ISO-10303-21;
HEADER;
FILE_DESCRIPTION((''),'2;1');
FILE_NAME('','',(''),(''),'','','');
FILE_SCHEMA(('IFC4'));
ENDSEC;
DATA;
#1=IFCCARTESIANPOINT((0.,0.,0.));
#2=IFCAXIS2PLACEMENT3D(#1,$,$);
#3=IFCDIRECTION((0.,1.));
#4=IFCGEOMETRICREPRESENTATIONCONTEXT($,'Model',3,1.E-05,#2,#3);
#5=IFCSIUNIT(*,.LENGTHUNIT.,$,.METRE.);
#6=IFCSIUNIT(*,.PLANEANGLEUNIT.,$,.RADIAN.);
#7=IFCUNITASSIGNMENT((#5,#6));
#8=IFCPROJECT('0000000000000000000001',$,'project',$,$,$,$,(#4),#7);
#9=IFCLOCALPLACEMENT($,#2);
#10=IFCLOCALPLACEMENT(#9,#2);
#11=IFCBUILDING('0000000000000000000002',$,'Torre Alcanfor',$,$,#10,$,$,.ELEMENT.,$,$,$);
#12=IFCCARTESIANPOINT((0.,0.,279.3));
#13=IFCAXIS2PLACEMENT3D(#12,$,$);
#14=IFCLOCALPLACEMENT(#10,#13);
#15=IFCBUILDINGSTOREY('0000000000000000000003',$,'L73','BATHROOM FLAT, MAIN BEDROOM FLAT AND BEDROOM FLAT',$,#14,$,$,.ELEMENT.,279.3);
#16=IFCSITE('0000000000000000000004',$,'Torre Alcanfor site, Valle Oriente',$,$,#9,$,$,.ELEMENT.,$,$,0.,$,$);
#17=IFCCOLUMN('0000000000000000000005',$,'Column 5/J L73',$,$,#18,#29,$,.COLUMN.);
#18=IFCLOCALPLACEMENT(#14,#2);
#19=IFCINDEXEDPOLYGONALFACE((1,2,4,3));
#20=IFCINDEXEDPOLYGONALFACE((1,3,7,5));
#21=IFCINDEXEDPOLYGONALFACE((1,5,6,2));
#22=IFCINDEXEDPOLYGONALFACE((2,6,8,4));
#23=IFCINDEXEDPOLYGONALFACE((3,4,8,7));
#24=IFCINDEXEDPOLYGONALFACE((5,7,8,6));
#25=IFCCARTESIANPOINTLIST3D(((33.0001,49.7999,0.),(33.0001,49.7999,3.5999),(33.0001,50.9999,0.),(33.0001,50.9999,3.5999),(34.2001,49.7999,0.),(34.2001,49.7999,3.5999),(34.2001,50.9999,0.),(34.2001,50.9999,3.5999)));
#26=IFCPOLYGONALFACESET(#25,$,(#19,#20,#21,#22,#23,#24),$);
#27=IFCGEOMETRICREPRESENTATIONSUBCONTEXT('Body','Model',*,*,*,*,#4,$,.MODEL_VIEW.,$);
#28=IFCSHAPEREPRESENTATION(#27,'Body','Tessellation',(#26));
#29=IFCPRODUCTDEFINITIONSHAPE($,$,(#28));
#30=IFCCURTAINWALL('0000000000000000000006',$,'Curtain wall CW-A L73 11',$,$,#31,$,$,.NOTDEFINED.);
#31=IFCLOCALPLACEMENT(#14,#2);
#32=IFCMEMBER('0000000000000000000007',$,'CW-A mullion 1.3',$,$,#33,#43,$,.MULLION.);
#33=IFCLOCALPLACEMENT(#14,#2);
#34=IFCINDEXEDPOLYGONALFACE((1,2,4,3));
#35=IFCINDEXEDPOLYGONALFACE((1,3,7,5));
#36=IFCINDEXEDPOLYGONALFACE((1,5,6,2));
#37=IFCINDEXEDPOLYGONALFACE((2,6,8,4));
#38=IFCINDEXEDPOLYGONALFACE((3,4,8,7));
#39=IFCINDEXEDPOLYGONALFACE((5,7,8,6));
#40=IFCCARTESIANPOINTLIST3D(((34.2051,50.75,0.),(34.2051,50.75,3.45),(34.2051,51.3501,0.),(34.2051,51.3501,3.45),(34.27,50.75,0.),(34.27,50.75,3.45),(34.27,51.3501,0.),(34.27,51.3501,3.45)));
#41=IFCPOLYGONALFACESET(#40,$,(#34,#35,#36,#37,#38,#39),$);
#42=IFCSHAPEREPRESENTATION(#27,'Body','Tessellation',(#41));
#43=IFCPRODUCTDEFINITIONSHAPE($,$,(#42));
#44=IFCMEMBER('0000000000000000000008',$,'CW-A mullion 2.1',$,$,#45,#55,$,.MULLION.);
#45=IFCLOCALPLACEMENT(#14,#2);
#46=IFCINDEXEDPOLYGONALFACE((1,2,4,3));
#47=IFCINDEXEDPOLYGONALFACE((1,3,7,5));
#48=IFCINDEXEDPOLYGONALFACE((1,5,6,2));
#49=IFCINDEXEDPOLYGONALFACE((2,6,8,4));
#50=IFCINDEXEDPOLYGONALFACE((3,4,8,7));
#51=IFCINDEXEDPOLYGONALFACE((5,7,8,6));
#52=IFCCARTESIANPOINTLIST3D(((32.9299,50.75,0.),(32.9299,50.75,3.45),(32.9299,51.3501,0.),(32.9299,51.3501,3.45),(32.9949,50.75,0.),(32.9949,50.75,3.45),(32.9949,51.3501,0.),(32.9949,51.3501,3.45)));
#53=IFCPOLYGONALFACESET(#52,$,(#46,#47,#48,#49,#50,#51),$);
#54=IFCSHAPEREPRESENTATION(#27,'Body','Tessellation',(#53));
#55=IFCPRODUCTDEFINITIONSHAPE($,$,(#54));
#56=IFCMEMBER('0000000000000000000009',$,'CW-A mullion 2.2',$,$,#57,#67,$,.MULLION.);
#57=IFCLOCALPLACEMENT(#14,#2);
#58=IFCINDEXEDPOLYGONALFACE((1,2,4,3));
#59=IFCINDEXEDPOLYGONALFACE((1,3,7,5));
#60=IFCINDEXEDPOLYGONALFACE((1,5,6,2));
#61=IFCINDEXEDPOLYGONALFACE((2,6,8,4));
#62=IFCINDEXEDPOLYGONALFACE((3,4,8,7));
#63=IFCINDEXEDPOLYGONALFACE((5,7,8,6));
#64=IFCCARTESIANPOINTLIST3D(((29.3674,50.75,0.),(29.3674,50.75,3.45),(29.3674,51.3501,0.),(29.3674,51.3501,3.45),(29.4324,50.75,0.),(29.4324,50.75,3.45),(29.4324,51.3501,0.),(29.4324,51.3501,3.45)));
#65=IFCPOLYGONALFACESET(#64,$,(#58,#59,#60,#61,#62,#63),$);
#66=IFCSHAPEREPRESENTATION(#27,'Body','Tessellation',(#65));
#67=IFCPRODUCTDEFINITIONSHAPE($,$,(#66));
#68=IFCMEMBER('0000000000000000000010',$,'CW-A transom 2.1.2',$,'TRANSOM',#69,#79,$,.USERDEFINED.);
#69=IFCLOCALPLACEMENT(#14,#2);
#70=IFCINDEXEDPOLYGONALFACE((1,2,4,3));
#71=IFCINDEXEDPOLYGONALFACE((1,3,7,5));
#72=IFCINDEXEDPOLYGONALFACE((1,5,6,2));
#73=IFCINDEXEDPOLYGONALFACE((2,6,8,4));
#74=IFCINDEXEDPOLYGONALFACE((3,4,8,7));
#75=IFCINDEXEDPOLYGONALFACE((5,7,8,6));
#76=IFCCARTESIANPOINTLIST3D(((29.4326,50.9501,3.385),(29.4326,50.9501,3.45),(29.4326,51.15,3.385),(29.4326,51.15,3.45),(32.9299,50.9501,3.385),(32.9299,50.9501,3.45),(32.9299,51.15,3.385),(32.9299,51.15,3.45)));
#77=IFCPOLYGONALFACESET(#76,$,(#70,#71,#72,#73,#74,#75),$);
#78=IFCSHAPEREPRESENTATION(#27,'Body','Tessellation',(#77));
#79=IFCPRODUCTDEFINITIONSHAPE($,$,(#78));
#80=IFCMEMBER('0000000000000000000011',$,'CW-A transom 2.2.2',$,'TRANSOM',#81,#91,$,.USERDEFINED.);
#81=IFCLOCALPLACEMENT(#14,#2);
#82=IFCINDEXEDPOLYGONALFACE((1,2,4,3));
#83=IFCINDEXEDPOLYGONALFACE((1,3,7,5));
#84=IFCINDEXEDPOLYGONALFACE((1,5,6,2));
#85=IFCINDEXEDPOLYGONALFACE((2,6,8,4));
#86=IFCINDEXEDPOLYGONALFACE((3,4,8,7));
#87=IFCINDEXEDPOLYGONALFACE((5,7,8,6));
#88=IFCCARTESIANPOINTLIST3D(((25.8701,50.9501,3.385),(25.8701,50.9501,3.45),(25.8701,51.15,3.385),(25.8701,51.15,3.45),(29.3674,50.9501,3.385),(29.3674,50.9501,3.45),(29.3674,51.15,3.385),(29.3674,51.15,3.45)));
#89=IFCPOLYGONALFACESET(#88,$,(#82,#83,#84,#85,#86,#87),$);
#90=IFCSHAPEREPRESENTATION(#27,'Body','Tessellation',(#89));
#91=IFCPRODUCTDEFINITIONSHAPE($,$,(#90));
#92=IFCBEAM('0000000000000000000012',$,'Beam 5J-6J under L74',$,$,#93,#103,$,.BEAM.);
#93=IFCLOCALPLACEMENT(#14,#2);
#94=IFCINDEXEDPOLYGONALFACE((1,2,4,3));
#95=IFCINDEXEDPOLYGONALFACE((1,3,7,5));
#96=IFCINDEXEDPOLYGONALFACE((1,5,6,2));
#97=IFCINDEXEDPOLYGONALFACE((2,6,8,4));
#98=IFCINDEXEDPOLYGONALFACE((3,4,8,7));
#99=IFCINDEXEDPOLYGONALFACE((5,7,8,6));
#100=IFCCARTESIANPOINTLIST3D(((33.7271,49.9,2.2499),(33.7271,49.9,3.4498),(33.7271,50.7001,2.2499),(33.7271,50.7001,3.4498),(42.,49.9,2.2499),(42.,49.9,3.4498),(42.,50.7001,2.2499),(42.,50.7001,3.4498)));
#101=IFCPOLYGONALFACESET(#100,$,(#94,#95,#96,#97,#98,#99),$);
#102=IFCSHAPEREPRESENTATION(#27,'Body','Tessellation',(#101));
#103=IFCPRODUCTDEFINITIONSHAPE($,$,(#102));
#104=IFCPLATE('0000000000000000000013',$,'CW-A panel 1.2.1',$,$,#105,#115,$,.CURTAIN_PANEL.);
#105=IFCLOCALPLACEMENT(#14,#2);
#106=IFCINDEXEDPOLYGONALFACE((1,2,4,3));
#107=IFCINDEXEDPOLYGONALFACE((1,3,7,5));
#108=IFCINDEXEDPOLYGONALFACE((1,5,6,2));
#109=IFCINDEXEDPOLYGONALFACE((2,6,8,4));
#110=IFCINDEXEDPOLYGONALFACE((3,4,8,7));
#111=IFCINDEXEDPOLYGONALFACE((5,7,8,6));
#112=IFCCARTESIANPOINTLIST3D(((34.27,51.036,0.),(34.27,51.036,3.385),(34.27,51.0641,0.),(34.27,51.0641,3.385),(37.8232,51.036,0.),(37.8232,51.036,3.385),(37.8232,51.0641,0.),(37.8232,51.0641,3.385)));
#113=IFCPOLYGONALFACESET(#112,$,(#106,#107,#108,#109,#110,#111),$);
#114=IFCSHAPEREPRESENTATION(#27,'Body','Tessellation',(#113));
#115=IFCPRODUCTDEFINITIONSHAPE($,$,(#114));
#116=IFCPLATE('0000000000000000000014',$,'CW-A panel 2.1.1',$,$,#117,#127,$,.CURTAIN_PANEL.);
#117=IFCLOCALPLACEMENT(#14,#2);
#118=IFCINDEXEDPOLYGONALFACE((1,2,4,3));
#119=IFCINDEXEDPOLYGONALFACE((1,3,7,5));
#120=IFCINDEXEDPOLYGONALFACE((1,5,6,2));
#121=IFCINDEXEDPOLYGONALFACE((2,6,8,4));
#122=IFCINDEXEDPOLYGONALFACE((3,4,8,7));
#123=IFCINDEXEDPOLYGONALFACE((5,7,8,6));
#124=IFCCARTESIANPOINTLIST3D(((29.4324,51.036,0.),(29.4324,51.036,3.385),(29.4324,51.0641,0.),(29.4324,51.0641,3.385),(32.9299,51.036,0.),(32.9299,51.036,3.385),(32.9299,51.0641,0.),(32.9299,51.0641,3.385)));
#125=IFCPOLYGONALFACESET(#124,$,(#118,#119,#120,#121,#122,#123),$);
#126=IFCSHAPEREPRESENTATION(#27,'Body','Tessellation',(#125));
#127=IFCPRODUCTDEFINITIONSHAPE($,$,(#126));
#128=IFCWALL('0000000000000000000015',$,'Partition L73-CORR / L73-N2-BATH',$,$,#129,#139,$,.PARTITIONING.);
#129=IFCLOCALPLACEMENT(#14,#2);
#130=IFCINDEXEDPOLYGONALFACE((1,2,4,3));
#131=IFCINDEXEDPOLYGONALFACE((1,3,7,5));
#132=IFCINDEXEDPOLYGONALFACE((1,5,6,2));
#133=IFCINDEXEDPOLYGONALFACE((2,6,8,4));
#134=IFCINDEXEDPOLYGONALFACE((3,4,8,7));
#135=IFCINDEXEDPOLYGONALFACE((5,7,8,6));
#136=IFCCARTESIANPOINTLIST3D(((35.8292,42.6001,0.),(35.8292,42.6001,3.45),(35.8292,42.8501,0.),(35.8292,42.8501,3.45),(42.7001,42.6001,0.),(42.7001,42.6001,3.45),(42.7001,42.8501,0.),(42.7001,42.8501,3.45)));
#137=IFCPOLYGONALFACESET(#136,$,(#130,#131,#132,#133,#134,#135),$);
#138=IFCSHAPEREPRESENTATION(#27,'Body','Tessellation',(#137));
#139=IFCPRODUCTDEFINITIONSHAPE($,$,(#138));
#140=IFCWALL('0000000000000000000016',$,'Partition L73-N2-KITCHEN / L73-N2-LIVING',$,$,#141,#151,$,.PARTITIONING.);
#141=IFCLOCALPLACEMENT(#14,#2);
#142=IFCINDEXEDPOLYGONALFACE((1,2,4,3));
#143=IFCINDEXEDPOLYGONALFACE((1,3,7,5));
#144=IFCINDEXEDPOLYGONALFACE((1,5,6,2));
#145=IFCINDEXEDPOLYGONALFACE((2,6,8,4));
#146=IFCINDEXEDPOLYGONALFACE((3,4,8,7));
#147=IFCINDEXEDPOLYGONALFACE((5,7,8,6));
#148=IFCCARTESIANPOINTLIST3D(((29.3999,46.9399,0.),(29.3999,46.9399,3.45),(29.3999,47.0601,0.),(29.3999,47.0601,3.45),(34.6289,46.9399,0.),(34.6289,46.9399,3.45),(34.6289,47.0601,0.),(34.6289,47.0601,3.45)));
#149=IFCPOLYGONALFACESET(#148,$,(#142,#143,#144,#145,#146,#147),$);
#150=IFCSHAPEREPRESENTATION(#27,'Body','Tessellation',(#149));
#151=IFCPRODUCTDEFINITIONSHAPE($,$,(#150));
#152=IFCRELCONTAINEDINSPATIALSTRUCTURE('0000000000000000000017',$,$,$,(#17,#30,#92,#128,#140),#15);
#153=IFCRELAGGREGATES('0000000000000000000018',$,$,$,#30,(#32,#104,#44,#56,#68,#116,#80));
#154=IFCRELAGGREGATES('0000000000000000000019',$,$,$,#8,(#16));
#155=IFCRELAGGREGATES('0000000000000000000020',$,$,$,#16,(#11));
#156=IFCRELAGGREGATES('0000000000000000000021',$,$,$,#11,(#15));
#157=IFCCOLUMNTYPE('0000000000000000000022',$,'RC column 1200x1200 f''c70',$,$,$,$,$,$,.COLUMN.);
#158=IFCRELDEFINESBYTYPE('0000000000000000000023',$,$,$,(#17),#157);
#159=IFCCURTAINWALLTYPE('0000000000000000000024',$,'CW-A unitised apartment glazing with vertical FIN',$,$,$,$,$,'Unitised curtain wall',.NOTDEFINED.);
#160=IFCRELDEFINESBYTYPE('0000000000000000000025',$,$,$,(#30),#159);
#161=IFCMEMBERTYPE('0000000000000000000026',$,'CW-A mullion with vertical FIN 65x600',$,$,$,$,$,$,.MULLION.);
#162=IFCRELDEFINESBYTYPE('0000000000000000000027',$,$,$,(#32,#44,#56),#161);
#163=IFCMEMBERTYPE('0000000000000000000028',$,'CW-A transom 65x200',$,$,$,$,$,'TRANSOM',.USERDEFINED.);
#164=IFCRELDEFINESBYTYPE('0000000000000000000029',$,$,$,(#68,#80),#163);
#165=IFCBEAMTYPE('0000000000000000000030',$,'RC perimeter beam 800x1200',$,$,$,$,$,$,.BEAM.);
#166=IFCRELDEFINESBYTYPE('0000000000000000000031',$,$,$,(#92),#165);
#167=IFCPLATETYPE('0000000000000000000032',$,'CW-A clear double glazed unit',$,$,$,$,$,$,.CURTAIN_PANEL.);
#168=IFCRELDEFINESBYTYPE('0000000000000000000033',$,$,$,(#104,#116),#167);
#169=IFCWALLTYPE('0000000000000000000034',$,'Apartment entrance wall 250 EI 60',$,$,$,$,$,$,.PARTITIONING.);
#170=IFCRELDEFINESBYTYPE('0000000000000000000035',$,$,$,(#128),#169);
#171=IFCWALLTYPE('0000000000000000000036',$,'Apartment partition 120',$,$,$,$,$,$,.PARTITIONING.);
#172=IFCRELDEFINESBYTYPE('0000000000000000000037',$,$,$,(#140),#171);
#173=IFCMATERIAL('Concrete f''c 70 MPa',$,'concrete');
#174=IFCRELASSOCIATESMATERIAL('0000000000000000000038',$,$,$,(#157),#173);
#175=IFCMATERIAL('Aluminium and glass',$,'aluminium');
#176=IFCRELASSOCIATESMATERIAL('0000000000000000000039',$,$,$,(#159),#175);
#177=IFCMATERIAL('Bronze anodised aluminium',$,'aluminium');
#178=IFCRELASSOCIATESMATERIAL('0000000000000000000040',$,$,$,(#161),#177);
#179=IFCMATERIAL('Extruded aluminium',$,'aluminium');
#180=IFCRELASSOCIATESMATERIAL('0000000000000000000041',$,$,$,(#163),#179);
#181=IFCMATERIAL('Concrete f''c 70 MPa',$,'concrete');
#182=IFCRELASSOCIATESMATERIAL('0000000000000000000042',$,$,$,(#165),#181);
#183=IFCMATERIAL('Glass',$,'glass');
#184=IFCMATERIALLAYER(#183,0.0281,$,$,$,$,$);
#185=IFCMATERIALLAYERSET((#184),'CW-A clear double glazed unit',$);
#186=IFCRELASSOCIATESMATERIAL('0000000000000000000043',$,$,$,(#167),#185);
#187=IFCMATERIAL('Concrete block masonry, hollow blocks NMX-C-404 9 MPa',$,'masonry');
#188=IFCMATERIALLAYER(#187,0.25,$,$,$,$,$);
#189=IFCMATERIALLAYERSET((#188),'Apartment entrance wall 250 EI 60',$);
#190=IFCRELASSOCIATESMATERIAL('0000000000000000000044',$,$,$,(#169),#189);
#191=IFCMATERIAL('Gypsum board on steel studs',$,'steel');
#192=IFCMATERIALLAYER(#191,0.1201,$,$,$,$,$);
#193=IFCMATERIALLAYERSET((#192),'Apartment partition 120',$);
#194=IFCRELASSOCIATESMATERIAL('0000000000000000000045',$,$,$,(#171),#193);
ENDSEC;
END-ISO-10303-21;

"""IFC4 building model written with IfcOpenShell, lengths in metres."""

from ifc_helpers import new_model, si_unit, direction, frame, frame_2d, origin, origin_2d, place, context, subcontext, project, spatial, rectangle, extrude, material, layer, layer_set, material_profile, profile_set, type_object, element, aggregate, save


model = new_model("IFC4")

# Units and contexts
model_context = context("Model", 3, precision=1e-05, world=origin(), true_north=direction((0.0, 1.0)))
body_context = subcontext(model_context, "Body", "Model", "MODEL_VIEW")
ifc_project = project(units=[si_unit("LENGTHUNIT", "METRE"), si_unit("PLANEANGLEUNIT", "RADIAN")], contexts=[model_context])

# Site, building, storey
site_placement = place(None, origin())
site = spatial("IfcSite", under=ifc_project, at=site_placement, Name="Torre Alcanfor site, Valle Oriente", CompositionType="ELEMENT", RefElevation=0.0)
building_placement = place(site_placement, origin())
building = spatial("IfcBuilding", under=site, at=building_placement, Name="Torre Alcanfor", CompositionType="ELEMENT")
storey_placement = place(building_placement, frame((0.0, 0.0, 279.3)))
storey = spatial("IfcBuildingStorey", under=building, at=storey_placement, Name="L73", Description="BATHROOM FLAT, MAIN BEDROOM FLAT AND BEDROOM FLAT", CompositionType="ELEMENT", Elevation=279.3)

# Column
ifc_material_1 = material(Name="Concrete f'c 70 MPa", Category="concrete")
ifc_material_profile_1 = material_profile(ifc_material_1, rectangle(XDim=1.2, YDim=1.2, at=origin_2d()), Name="1200x1200")
ifc_profile_set_1 = profile_set([ifc_material_profile_1], Name="Concrete f'c 70 MPa")
column_type = type_object("IfcColumnType", Name="RC column 1200x1200 f'c70", PredefinedType="COLUMN", material=ifc_profile_set_1)
column_placement = place(storey_placement, frame((33.6001, 50.3999, 0.0), z_axis=(0.0, 0.0, 1.0), x_axis=(1.0, 0.0, 0.0)))
element("IfcColumn", 1, at=column_placement, inside=storey, type_object=column_type, Name="Column 5/J L73", PredefinedType="COLUMN", context=body_context, shape_type="SweptSolid", body=[
    extrude(rectangle(XDim=1.2, YDim=1.2, at=origin_2d()), origin(), (0.0, 0.0, 1.0), 3.5999),
])

# Curtain wall, members
ifc_material_2 = material(Name="Aluminium and glass", Category="aluminium")
curtain_wall_type = type_object("IfcCurtainWallType", Name="CW-A unitised apartment glazing with vertical FIN", ElementType="Unitised curtain wall", PredefinedType="NOTDEFINED", material=ifc_material_2)
curtain_wall_placement = place(storey_placement, origin())
curtain_wall = element("IfcCurtainWall", 2, at=curtain_wall_placement, inside=storey, type_object=curtain_wall_type, Name="Curtain wall CW-A L73 11", PredefinedType="NOTDEFINED")
ifc_material_3 = material(Name="Bronze anodised aluminium", Category="aluminium")
ifc_material_profile_2 = material_profile(ifc_material_3, rectangle(XDim=0.6001, YDim=0.0649, at=origin_2d()), Name="CW-A mullion 65x600")
ifc_profile_set_2 = profile_set([ifc_material_profile_2], Name="Bronze anodised aluminium")
member_type_1 = type_object("IfcMemberType", Name="CW-A mullion with vertical FIN 65x600", PredefinedType="MULLION", material=ifc_profile_set_2)
member_1_placement = place(storey_placement, frame((34.2375, 51.05, 0.0), z_axis=(0.0, 0.0, 1.0), x_axis=(0.0, -1.0, 0.0)))
member_1 = element("IfcMember", 3, at=member_1_placement, type_object=member_type_1, Name="CW-A mullion 1.3", PredefinedType="MULLION", context=body_context, shape_type="SweptSolid", body=[
    extrude(rectangle(XDim=0.6001, YDim=0.0649, at=origin_2d()), origin(), (0.0, 0.0, 1.0), 3.45),
])
member_2_placement = place(storey_placement, frame((32.9624, 51.05, 0.0), z_axis=(0.0, 0.0, 1.0), x_axis=(0.0, -1.0, 0.0)))
member_2 = element("IfcMember", 4, at=member_2_placement, type_object=member_type_1, Name="CW-A mullion 2.1", PredefinedType="MULLION", context=body_context, shape_type="SweptSolid", body=[
    extrude(rectangle(XDim=0.6001, YDim=0.0649, at=origin_2d()), origin(), (0.0, 0.0, 1.0), 3.45),
])
member_3_placement = place(storey_placement, frame((29.3999, 51.05, 0.0), z_axis=(0.0, 0.0, 1.0), x_axis=(0.0, -1.0, 0.0)))
member_3 = element("IfcMember", 5, at=member_3_placement, type_object=member_type_1, Name="CW-A mullion 2.2", PredefinedType="MULLION", context=body_context, shape_type="SweptSolid", body=[
    extrude(rectangle(XDim=0.6001, YDim=0.0649, at=origin_2d()), origin(), (0.0, 0.0, 1.0), 3.45),
])
ifc_material_4 = material(Name="Extruded aluminium", Category="aluminium")
ifc_material_profile_3 = material_profile(ifc_material_4, rectangle(XDim=0.2, YDim=0.0649, at=origin_2d()), Name="CW-A transom 200x65")
ifc_profile_set_3 = profile_set([ifc_material_profile_3], Name="Extruded aluminium")
member_type_2 = type_object("IfcMemberType", Name="CW-A transom 65x200", ElementType="TRANSOM", PredefinedType="USERDEFINED", material=ifc_profile_set_3)
member_4_placement = place(storey_placement, frame((32.9299, 51.05, 3.4175), z_axis=(-1.0, 0.0, 0.0), x_axis=(0.0, -1.0, 0.0)))
member_4 = element("IfcMember", 6, at=member_4_placement, type_object=member_type_2, Name="CW-A transom 2.1.2", ObjectType="TRANSOM", PredefinedType="USERDEFINED", context=body_context, shape_type="SweptSolid", body=[
    extrude(rectangle(XDim=0.2, YDim=0.0649, at=origin_2d()), origin(), (0.0, 0.0, 1.0), 3.4973),
])
member_5_placement = place(storey_placement, frame((29.3674, 51.05, 3.4175), z_axis=(-1.0, 0.0, 0.0), x_axis=(0.0, -1.0, 0.0)))
member_5 = element("IfcMember", 7, at=member_5_placement, type_object=member_type_2, Name="CW-A transom 2.2.2", ObjectType="TRANSOM", PredefinedType="USERDEFINED", context=body_context, shape_type="SweptSolid", body=[
    extrude(rectangle(XDim=0.2, YDim=0.0649, at=origin_2d()), origin(), (0.0, 0.0, 1.0), 3.4973),
])

# Beam
ifc_material_5 = material(Name="Concrete f'c 70 MPa", Category="concrete")
ifc_material_profile_4 = material_profile(ifc_material_5, rectangle(XDim=0.8, YDim=1.2, at=origin_2d()), Name="800x1200")
ifc_profile_set_4 = profile_set([ifc_material_profile_4], Name="Concrete f'c 70 MPa")
beam_type = type_object("IfcBeamType", Name="RC perimeter beam 800x1200", PredefinedType="BEAM", material=ifc_profile_set_4)
beam_placement = place(storey_placement, frame((33.7271, 50.3, 2.8499), z_axis=(1.0, 0.0, 0.0), x_axis=(0.0, 1.0, 0.0)))
element("IfcBeam", 8, at=beam_placement, inside=storey, type_object=beam_type, Name="Beam 5J-6J under L74", PredefinedType="BEAM", context=body_context, shape_type="SweptSolid", body=[
    extrude(rectangle(XDim=0.8, YDim=1.2, at=origin_2d()), origin(), (0.0, 0.0, 1.0), 8.2729),
])

# Plates
ifc_material_6 = material(Name="Glass", Category="glass")
ifc_layer_1 = layer(ifc_material_6, 0.0281)
ifc_layer_set_1 = layer_set([ifc_layer_1], Name="CW-A clear double glazed unit")
plate_type = type_object("IfcPlateType", Name="CW-A clear double glazed unit", PredefinedType="CURTAIN_PANEL", material=ifc_layer_set_1)
plate_1_placement = place(storey_placement, frame((36.0466, 51.05, 0.0), z_axis=(0.0, 0.0, 1.0), x_axis=(-1.0, 0.0, 0.0)))
plate_1 = element("IfcPlate", 9, at=plate_1_placement, type_object=plate_type, Name="CW-A panel 1.2.1", PredefinedType="CURTAIN_PANEL", context=body_context, shape_type="SweptSolid", body=[
    extrude(rectangle(XDim=3.5532, YDim=0.0281, at=origin_2d()), origin(), (0.0, 0.0, 1.0), 3.385),
])
plate_2_placement = place(storey_placement, frame((31.1812, 51.05, 0.0), z_axis=(0.0, 0.0, 1.0), x_axis=(-1.0, 0.0, 0.0)))
plate_2 = element("IfcPlate", 10, at=plate_2_placement, type_object=plate_type, Name="CW-A panel 2.1.1", PredefinedType="CURTAIN_PANEL", context=body_context, shape_type="SweptSolid", body=[
    extrude(rectangle(XDim=3.4976, YDim=0.0281, at=origin_2d()), origin(), (0.0, 0.0, 1.0), 3.385),
])
aggregate(curtain_wall, [member_1, plate_1, member_2, member_3, member_4, plate_2, member_5])

# Walls
ifc_material_7 = material(Name="Concrete block masonry, hollow blocks NMX-C-404 9 MPa", Category="masonry")
ifc_layer_2 = layer(ifc_material_7, 0.25)
ifc_layer_set_2 = layer_set([ifc_layer_2], Name="Apartment entrance wall 250 EI 60")
wall_type_1 = type_object("IfcWallType", Name="Apartment entrance wall 250 EI 60", PredefinedType="PARTITIONING", material=ifc_layer_set_2)
wall_1_placement = place(storey_placement, frame((35.8291, 42.7251, 0.0), z_axis=(0.0, 0.0, 1.0), x_axis=(1.0, 0.0, 0.0)))
element("IfcWall", 11, at=wall_1_placement, inside=storey, type_object=wall_type_1, Name="Partition L73-CORR / L73-N2-BATH", PredefinedType="PARTITIONING", context=body_context, shape_type="SweptSolid", body=[
    extrude(rectangle(XDim=6.8708, YDim=0.25, at=frame_2d((3.4355, 0.0))), origin(), (0.0, 0.0, 1.0), 3.45),
])
ifc_material_8 = material(Name="Gypsum board on steel studs", Category="steel")
ifc_layer_3 = layer(ifc_material_8, 0.1201)
ifc_layer_set_3 = layer_set([ifc_layer_3], Name="Apartment partition 120")
wall_type_2 = type_object("IfcWallType", Name="Apartment partition 120", PredefinedType="PARTITIONING", material=ifc_layer_set_3)
wall_2_placement = place(storey_placement, frame((29.3999, 47.0, 0.0), z_axis=(0.0, 0.0, 1.0), x_axis=(1.0, 0.0, 0.0)))
element("IfcWall", 12, at=wall_2_placement, inside=storey, type_object=wall_type_2, Name="Partition L73-N2-KITCHEN / L73-N2-LIVING", PredefinedType="PARTITIONING", context=body_context, shape_type="SweptSolid", body=[
    extrude(rectangle(XDim=5.229, YDim=0.1201, at=frame_2d((2.6145, 0.0))), origin(), (0.0, 0.0, 1.0), 3.45),
])

save(model, "model.ifc")
